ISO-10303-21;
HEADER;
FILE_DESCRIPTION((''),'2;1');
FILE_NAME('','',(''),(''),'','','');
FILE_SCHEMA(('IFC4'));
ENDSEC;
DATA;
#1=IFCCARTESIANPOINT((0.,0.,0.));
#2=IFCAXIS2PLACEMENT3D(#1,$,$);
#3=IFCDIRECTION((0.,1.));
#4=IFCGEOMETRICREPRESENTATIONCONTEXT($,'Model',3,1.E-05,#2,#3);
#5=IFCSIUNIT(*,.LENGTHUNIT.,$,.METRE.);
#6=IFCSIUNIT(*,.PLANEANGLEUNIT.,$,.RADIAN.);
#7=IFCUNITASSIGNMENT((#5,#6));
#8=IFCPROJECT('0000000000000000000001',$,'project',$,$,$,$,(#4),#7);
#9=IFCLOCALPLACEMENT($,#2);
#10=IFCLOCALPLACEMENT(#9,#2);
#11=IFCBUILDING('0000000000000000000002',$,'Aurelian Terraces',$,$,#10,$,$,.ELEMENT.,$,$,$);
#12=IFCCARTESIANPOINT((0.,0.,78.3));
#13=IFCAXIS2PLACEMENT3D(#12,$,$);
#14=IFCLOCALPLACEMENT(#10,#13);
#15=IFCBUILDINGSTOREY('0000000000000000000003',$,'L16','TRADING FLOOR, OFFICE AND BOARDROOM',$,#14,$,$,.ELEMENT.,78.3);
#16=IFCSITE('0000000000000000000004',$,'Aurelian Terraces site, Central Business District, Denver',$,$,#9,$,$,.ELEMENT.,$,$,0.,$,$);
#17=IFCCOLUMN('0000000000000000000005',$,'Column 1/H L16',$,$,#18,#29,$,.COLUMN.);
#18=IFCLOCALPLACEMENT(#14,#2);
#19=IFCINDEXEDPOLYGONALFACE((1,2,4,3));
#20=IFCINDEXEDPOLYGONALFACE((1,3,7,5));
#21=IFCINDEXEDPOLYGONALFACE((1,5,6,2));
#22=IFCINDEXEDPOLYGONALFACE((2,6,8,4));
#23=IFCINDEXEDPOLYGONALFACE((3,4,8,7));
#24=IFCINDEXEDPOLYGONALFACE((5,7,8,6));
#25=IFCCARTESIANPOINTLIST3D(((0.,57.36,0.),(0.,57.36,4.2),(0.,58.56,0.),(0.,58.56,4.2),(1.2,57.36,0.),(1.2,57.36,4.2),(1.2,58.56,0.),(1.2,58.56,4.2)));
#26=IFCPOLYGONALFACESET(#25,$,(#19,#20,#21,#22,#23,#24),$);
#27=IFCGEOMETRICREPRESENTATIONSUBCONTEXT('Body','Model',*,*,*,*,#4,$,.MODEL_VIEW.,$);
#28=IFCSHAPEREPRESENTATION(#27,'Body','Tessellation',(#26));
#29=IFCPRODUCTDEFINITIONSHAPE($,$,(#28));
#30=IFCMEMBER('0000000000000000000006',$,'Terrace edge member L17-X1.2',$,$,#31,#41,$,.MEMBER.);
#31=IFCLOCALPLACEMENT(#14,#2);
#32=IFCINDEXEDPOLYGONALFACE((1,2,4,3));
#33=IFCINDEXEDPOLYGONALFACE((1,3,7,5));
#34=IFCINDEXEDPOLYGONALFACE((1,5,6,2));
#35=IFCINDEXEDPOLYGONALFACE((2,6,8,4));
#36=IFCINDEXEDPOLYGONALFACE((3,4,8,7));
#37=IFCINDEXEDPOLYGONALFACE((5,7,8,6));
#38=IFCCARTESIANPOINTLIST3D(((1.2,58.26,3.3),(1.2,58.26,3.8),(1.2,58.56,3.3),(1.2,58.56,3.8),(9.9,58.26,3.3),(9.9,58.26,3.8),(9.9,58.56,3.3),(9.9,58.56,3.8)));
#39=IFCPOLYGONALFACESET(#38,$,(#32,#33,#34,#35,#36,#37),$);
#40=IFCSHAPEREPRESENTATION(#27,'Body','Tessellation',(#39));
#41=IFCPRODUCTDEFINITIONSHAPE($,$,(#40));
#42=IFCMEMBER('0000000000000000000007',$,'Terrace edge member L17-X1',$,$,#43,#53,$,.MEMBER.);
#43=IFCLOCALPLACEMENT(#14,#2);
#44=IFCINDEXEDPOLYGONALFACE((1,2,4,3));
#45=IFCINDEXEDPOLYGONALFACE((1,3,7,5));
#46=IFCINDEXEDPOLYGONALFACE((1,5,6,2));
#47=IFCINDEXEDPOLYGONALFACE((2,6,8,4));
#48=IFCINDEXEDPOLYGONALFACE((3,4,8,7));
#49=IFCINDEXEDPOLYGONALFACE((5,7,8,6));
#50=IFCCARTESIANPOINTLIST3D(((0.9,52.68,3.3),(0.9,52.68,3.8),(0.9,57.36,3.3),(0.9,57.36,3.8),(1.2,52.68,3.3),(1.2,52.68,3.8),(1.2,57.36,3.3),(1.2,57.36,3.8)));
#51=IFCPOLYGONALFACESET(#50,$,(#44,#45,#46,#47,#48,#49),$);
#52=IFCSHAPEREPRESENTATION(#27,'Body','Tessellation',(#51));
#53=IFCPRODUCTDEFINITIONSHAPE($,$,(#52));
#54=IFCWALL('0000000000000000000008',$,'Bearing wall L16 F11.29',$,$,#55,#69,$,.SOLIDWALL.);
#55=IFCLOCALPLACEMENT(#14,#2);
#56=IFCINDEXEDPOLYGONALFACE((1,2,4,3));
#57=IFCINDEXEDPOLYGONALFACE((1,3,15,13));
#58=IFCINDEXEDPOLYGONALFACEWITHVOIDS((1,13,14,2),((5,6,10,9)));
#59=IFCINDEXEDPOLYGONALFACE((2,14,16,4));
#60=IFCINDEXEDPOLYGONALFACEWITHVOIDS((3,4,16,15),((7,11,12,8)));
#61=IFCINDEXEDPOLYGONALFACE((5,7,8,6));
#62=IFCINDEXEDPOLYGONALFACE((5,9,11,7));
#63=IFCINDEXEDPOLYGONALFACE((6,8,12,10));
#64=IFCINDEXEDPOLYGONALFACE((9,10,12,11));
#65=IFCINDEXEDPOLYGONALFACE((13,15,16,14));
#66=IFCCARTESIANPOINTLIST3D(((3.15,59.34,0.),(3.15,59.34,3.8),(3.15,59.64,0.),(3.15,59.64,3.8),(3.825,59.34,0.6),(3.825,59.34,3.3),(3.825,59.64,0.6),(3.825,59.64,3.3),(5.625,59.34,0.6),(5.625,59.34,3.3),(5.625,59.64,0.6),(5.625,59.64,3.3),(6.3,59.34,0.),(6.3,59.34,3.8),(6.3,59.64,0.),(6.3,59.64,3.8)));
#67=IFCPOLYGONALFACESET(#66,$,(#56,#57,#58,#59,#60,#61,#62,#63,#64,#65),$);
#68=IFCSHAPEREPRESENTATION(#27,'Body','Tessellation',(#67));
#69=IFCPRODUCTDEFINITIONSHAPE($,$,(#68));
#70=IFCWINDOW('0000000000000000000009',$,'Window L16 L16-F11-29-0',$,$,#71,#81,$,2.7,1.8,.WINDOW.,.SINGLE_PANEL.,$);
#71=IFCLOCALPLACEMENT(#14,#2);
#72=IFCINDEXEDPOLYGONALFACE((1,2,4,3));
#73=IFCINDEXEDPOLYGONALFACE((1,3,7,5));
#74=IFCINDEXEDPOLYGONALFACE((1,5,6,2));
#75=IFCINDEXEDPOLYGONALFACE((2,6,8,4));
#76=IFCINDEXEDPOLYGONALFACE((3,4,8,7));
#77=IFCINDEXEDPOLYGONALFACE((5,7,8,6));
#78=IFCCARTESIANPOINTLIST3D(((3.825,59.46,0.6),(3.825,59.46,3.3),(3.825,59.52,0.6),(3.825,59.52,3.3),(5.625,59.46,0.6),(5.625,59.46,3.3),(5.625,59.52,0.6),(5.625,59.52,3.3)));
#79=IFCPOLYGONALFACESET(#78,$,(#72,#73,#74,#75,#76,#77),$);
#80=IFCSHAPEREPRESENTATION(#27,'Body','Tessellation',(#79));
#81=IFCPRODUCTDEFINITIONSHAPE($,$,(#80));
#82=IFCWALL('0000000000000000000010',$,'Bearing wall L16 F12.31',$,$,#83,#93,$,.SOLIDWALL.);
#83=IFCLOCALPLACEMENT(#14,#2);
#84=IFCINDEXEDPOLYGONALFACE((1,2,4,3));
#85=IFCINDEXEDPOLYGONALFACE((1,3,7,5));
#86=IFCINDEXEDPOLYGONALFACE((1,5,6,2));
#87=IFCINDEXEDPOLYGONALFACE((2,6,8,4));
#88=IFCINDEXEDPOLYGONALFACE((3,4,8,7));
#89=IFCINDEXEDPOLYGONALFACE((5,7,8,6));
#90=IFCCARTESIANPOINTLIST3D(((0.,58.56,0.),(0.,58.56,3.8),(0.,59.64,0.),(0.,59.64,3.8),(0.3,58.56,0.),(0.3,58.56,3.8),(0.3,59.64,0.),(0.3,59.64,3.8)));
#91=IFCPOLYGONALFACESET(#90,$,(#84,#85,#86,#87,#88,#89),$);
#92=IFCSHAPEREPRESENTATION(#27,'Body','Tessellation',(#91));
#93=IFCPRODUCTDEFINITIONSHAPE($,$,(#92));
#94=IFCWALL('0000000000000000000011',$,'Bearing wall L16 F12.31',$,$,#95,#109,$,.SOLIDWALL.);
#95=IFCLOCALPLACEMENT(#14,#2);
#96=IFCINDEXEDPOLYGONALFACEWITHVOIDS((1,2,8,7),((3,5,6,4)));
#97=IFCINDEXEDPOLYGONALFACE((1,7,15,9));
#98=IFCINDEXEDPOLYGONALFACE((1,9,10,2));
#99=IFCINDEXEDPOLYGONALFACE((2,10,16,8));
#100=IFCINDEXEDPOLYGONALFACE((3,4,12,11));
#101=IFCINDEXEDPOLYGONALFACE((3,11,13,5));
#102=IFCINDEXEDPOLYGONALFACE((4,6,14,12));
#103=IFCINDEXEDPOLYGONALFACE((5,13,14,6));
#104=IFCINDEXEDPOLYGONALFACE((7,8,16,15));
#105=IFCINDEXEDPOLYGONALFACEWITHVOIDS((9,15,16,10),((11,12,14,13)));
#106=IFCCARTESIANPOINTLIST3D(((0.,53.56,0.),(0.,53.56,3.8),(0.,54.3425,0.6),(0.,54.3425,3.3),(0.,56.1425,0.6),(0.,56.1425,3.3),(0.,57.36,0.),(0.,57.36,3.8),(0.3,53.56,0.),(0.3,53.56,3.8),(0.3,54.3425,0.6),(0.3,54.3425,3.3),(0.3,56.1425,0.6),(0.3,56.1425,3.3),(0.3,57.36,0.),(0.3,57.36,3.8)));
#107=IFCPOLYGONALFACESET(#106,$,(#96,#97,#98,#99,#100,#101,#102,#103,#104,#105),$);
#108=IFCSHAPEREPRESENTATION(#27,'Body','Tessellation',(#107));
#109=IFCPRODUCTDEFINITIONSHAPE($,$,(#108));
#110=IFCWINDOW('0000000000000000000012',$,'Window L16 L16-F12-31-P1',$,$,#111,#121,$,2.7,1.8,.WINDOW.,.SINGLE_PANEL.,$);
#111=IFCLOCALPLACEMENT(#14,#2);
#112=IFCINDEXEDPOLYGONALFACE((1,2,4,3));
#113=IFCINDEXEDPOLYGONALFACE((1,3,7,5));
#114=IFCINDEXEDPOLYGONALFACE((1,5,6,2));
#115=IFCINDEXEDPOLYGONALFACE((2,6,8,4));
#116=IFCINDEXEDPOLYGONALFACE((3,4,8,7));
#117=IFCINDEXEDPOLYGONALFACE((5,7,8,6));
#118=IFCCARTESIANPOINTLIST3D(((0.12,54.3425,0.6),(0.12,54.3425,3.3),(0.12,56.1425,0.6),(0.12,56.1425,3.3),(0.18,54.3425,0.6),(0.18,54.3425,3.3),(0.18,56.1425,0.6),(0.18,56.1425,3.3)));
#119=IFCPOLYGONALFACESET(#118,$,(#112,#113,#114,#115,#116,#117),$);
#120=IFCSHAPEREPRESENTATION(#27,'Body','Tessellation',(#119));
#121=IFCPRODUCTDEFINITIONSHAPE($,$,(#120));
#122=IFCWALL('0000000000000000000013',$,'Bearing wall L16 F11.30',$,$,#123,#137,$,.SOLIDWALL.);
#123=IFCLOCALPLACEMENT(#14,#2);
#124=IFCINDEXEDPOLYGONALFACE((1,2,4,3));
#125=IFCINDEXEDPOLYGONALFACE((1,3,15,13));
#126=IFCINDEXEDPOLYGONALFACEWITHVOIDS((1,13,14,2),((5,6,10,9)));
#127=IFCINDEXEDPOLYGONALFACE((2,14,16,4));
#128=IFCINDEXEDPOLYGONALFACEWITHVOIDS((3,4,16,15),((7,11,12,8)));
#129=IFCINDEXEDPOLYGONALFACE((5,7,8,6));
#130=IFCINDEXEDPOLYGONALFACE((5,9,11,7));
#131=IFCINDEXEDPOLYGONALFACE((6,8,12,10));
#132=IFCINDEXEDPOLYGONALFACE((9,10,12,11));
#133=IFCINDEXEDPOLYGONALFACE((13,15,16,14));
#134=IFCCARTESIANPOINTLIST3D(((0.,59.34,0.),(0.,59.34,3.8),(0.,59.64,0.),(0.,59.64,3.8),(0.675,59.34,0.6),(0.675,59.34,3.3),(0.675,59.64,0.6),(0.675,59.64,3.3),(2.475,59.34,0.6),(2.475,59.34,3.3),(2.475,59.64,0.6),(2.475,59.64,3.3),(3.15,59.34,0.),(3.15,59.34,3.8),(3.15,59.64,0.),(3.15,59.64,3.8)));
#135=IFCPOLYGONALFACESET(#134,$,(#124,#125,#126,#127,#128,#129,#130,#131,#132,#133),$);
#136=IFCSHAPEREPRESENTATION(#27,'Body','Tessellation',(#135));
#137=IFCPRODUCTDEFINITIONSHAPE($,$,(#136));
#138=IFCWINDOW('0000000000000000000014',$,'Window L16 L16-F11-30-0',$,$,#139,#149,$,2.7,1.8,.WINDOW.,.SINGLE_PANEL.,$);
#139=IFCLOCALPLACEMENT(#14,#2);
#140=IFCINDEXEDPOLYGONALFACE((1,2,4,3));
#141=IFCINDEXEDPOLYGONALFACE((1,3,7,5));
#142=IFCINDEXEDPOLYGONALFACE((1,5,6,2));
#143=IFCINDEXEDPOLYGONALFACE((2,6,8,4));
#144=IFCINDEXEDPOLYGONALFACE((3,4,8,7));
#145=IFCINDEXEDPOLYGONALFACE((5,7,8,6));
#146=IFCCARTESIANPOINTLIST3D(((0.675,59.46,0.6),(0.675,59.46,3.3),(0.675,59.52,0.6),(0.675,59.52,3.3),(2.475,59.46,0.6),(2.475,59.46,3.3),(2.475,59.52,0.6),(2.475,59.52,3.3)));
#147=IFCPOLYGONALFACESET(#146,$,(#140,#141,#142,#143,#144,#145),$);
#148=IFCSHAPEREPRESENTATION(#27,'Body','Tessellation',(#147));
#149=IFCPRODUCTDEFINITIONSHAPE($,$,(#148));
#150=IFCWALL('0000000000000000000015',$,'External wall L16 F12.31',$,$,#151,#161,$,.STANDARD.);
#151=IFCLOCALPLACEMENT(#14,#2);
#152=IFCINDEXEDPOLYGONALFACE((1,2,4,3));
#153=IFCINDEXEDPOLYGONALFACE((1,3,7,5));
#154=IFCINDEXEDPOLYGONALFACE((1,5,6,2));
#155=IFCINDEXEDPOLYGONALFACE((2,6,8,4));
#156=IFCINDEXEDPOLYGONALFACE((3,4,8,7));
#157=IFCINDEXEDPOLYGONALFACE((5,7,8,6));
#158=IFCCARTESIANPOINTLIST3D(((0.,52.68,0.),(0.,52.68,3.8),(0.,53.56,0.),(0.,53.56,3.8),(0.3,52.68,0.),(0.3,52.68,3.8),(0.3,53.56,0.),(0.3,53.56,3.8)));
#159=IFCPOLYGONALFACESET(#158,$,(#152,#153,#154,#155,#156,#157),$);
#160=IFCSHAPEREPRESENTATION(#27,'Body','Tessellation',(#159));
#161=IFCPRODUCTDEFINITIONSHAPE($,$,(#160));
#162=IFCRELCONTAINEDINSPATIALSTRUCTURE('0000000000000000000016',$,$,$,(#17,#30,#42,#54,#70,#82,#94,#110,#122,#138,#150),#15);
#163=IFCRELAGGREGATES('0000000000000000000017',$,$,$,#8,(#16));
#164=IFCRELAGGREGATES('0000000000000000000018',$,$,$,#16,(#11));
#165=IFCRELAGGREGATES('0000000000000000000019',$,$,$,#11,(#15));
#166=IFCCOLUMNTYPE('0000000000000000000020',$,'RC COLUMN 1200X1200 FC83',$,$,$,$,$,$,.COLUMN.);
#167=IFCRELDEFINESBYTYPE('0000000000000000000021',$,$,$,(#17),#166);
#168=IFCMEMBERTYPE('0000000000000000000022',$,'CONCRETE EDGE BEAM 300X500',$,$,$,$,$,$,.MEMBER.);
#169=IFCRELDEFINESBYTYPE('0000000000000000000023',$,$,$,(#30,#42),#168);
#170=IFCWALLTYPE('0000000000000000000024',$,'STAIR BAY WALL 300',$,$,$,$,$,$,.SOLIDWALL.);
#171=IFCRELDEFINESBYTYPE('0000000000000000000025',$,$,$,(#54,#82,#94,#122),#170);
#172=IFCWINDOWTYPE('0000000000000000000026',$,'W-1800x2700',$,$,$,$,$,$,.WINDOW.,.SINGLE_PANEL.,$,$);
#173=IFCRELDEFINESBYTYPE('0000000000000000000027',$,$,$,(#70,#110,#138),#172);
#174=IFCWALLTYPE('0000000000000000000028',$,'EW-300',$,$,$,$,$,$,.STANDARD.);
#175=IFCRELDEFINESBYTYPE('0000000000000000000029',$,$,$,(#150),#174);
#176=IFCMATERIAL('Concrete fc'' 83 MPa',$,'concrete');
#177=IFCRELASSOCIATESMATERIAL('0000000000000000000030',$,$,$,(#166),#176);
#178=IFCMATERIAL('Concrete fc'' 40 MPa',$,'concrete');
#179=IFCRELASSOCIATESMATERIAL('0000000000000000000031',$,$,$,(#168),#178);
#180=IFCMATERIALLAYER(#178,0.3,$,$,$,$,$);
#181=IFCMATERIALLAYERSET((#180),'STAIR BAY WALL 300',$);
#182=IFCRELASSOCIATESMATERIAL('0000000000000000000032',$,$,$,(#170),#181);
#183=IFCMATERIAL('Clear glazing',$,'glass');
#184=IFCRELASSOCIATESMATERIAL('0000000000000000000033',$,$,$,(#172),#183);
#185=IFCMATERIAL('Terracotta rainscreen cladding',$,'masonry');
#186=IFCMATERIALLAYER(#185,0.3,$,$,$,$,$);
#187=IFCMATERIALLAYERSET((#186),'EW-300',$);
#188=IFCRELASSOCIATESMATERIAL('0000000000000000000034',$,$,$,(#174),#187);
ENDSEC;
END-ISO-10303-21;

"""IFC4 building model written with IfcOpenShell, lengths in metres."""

from ifc_helpers import new_model, si_unit, direction, frame, frame_2d, origin, origin_2d, place, context, subcontext, project, spatial, rectangle, extrude, source, transform, mapped, material, layer, layer_set, material_profile, profile_set, type_object, element, fill, save


model = new_model("IFC4")

# Units and contexts
model_context = context("Model", 3, precision=1e-05, world=origin(), true_north=direction((0.0, 1.0)))
body_context = subcontext(model_context, "Body", "Model", "MODEL_VIEW")
ifc_project = project(units=[si_unit("LENGTHUNIT", "METRE"), si_unit("PLANEANGLEUNIT", "RADIAN")], contexts=[model_context])

# Site, building, storey
site_placement = place(None, origin())
site = spatial("IfcSite", under=ifc_project, at=site_placement, Name="Aurelian Terraces site, Central Business District, Denver", CompositionType="ELEMENT", RefElevation=0.0)
building_placement = place(site_placement, origin())
building = spatial("IfcBuilding", under=site, at=building_placement, Name="Aurelian Terraces", CompositionType="ELEMENT")
storey_placement = place(building_placement, frame((0.0, 0.0, 78.3)))
storey = spatial("IfcBuildingStorey", under=building, at=storey_placement, Name="L16", Description="TRADING FLOOR, OFFICE AND BOARDROOM", CompositionType="ELEMENT", Elevation=78.3)

# Column
ifc_material_1 = material(Name="Concrete fc' 83 MPa", Category="concrete")
ifc_material_profile_1 = material_profile(ifc_material_1, rectangle(XDim=1.2, YDim=1.2, at=origin_2d()))
ifc_profile_set_1 = profile_set([ifc_material_profile_1], Name="Concrete fc' 83 MPa")
column_type = type_object("IfcColumnType", Name="RC COLUMN 1200X1200 FC83", PredefinedType="COLUMN", material=ifc_profile_set_1)
shared_shape_1 = source(origin(), body_context, "Body", "SweptSolid", [
    extrude(rectangle(XDim=1.2, YDim=1.2, at=origin_2d()), origin(), (0.0, 0.0, 1.0), 4.2),
])
column_placement = place(storey_placement, frame((0.6, 57.96, 0.0), z_axis=(0.0, 0.0, 1.0), x_axis=(1.0, 0.0, 0.0)))
element("IfcColumn", 1, at=column_placement, inside=storey, type_object=column_type, Name="Column 1/H L16", PredefinedType="COLUMN", context=body_context, shape_type="MappedRepresentation", body=[
    mapped(shared_shape_1, transform((0.0, 0.0, 0.0), scale=1.0)),
])

# Members
ifc_material_2 = material(Name="Concrete fc' 40 MPa", Category="concrete")
ifc_material_profile_2 = material_profile(ifc_material_2, rectangle(XDim=0.3, YDim=0.5, at=origin_2d()))
ifc_profile_set_2 = profile_set([ifc_material_profile_2], Name="Concrete fc' 40 MPa")
member_type = type_object("IfcMemberType", Name="CONCRETE EDGE BEAM 300X500", PredefinedType="MEMBER", material=ifc_profile_set_2)
member_1_placement = place(storey_placement, frame((1.2, 58.41, 3.55), z_axis=(1.0, 0.0, 0.0), x_axis=(0.0, 1.0, 0.0)))
element("IfcMember", 2, at=member_1_placement, inside=storey, type_object=member_type, Name="Terrace edge member L17-X1.2", PredefinedType="MEMBER", context=body_context, shape_type="SweptSolid", body=[
    extrude(rectangle(XDim=0.3, YDim=0.5, at=origin_2d()), origin(), (0.0, 0.0, 1.0), 8.7),
])
shared_shape_2 = source(origin(), body_context, "Body", "SweptSolid", [
    extrude(rectangle(XDim=0.3, YDim=0.5, at=origin_2d()), origin(), (0.0, 0.0, 1.0), 4.68),
])
member_2_placement = place(storey_placement, frame((1.05, 57.36, 3.55), z_axis=(0.0, -1.0, 0.0), x_axis=(1.0, 0.0, 0.0)))
element("IfcMember", 3, at=member_2_placement, inside=storey, type_object=member_type, Name="Terrace edge member L17-X1", PredefinedType="MEMBER", context=body_context, shape_type="MappedRepresentation", body=[
    mapped(shared_shape_2, transform((0.0, 0.0, 0.0), scale=1.0)),
])

# Wall, opening, window
ifc_layer_1 = layer(ifc_material_2, 0.3)
ifc_layer_set_1 = layer_set([ifc_layer_1], Name="STAIR BAY WALL 300")
wall_type_1 = type_object("IfcWallType", Name="STAIR BAY WALL 300", PredefinedType="SOLIDWALL", material=ifc_layer_set_1)
wall_1_placement = place(storey_placement, frame((6.3, 59.49, 0.0), z_axis=(0.0, 0.0, 1.0), x_axis=(-1.0, 0.0, 0.0)))
wall_1 = element("IfcWall", 4, at=wall_1_placement, inside=storey, type_object=wall_type_1, Name="Bearing wall L16 F11.29", PredefinedType="SOLIDWALL", context=body_context, shape_type="SweptSolid", body=[
    extrude(rectangle(XDim=3.15, YDim=0.3, at=frame_2d((1.575, 0.0))), origin(), (0.0, 0.0, 1.0), 3.8),
])
shared_shape_3 = source(origin(), body_context, "Body", "SweptSolid", [
    extrude(rectangle(XDim=1.8, YDim=2.7, at=frame_2d((0.9, 1.35))), frame((0.0, 0.16, 0.0), z_axis=(0.0, -1.0, 0.0), x_axis=(1.0, 0.0, 0.0)), (0.0, 0.0, 1.0), 0.32),
])
opening_1_placement = place(wall_1_placement, frame((0.675, 0.0, 0.6)))
opening_1 = element("IfcOpeningElement", 5, at=opening_1_placement, cuts=wall_1, PredefinedType="OPENING", context=body_context, shape_type="MappedRepresentation", body=[
    mapped(shared_shape_3, transform((0.0, 0.0, 0.0), scale=1.0)),
])
ifc_material_3 = material(Name="Clear glazing", Category="glass")
window_type = type_object("IfcWindowType", Name="W-1800x2700", PartitioningType="SINGLE_PANEL", PredefinedType="WINDOW", material=ifc_material_3)
shared_shape_4 = source(origin(), body_context, "Body", "SweptSolid", [
    extrude(rectangle(XDim=1.8, YDim=2.7, at=frame_2d((0.9, 1.35))), frame((0.0, 0.03, 0.0), z_axis=(0.0, -1.0, 0.0), x_axis=(1.0, 0.0, 0.0)), (0.0, 0.0, 1.0), 0.06),
])
window_1_placement = place(opening_1_placement, origin())
window_1 = element("IfcWindow", 6, at=window_1_placement, inside=storey, type_object=window_type, Name="Window L16 L16-F11-29-0", OverallHeight=2.7, OverallWidth=1.8, PartitioningType="SINGLE_PANEL", PredefinedType="WINDOW", context=body_context, shape_type="MappedRepresentation", body=[
    mapped(shared_shape_4, transform((0.0, 0.0, 0.0), scale=1.0)),
])
fill(opening_1, window_1)

# Wall
wall_2_placement = place(storey_placement, frame((0.15, 59.64, 0.0), z_axis=(0.0, 0.0, 1.0), x_axis=(0.0, -1.0, 0.0)))
element("IfcWall", 7, at=wall_2_placement, inside=storey, type_object=wall_type_1, Name="Bearing wall L16 F12.31", PredefinedType="SOLIDWALL", context=body_context, shape_type="SweptSolid", body=[
    extrude(rectangle(XDim=1.08, YDim=0.3, at=frame_2d((0.54, 0.0))), origin(), (0.0, 0.0, 1.0), 3.8),
])

# Walls, openings, windows
shared_shape_5 = source(origin(), body_context, "Body", "SweptSolid", [
    extrude(rectangle(XDim=3.8, YDim=0.3, at=frame_2d((1.9, 0.0))), origin(), (0.0, 0.0, 1.0), 3.8),
])
wall_3_placement = place(storey_placement, frame((0.15, 57.36, 0.0), z_axis=(0.0, 0.0, 1.0), x_axis=(0.0, -1.0, 0.0)))
wall_3 = element("IfcWall", 8, at=wall_3_placement, inside=storey, type_object=wall_type_1, Name="Bearing wall L16 F12.31", PredefinedType="SOLIDWALL", context=body_context, shape_type="MappedRepresentation", body=[
    mapped(shared_shape_5, transform((0.0, 0.0, 0.0), scale=1.0)),
])
opening_2_placement = place(wall_3_placement, frame((1.2175, 0.0, 0.6)))
opening_2 = element("IfcOpeningElement", 9, at=opening_2_placement, cuts=wall_3, PredefinedType="OPENING", context=body_context, shape_type="MappedRepresentation", body=[
    mapped(shared_shape_3, transform((0.0, 0.0, 0.0), scale=1.0)),
])
window_2_placement = place(opening_2_placement, origin())
window_2 = element("IfcWindow", 10, at=window_2_placement, inside=storey, type_object=window_type, Name="Window L16 L16-F12-31-P1", OverallHeight=2.7, OverallWidth=1.8, PartitioningType="SINGLE_PANEL", PredefinedType="WINDOW", context=body_context, shape_type="MappedRepresentation", body=[
    mapped(shared_shape_4, transform((0.0, 0.0, 0.0), scale=1.0)),
])
fill(opening_2, window_2)
shared_shape_6 = source(origin(), body_context, "Body", "SweptSolid", [
    extrude(rectangle(XDim=3.15, YDim=0.3, at=frame_2d((1.575, 0.0))), origin(), (0.0, 0.0, 1.0), 3.8),
])
wall_4_placement = place(storey_placement, frame((3.15, 59.49, 0.0), z_axis=(0.0, 0.0, 1.0), x_axis=(-1.0, 0.0, 0.0)))
wall_4 = element("IfcWall", 11, at=wall_4_placement, inside=storey, type_object=wall_type_1, Name="Bearing wall L16 F11.30", PredefinedType="SOLIDWALL", context=body_context, shape_type="MappedRepresentation", body=[
    mapped(shared_shape_6, transform((0.0, 0.0, 0.0), scale=1.0)),
])
opening_3_placement = place(wall_4_placement, frame((0.675, 0.0, 0.6)))
opening_3 = element("IfcOpeningElement", 12, at=opening_3_placement, cuts=wall_4, PredefinedType="OPENING", context=body_context, shape_type="MappedRepresentation", body=[
    mapped(shared_shape_3, transform((0.0, 0.0, 0.0), scale=1.0)),
])
window_3_placement = place(opening_3_placement, origin())
window_3 = element("IfcWindow", 13, at=window_3_placement, inside=storey, type_object=window_type, Name="Window L16 L16-F11-30-0", OverallHeight=2.7, OverallWidth=1.8, PartitioningType="SINGLE_PANEL", PredefinedType="WINDOW", context=body_context, shape_type="MappedRepresentation", body=[
    mapped(shared_shape_4, transform((0.0, 0.0, 0.0), scale=1.0)),
])
fill(opening_3, window_3)

# Wall
ifc_material_4 = material(Name="Terracotta rainscreen cladding", Category="masonry")
ifc_layer_2 = layer(ifc_material_4, 0.3)
ifc_layer_set_2 = layer_set([ifc_layer_2], Name="EW-300")
wall_type_2 = type_object("IfcWallType", Name="EW-300", PredefinedType="STANDARD", material=ifc_layer_set_2)
shared_shape_7 = source(origin(), body_context, "Body", "SweptSolid", [
    extrude(rectangle(XDim=0.88, YDim=0.3, at=frame_2d((0.44, 0.0))), origin(), (0.0, 0.0, 1.0), 3.8),
])
wall_5_placement = place(storey_placement, frame((0.15, 53.56, 0.0), z_axis=(0.0, 0.0, 1.0), x_axis=(0.0, -1.0, 0.0)))
element("IfcWall", 14, at=wall_5_placement, inside=storey, type_object=wall_type_2, Name="External wall L16 F12.31", PredefinedType="STANDARD", context=body_context, shape_type="MappedRepresentation", body=[
    mapped(shared_shape_7, transform((0.0, 0.0, 0.0), scale=1.0)),
])

save(model, "model.ifc")
